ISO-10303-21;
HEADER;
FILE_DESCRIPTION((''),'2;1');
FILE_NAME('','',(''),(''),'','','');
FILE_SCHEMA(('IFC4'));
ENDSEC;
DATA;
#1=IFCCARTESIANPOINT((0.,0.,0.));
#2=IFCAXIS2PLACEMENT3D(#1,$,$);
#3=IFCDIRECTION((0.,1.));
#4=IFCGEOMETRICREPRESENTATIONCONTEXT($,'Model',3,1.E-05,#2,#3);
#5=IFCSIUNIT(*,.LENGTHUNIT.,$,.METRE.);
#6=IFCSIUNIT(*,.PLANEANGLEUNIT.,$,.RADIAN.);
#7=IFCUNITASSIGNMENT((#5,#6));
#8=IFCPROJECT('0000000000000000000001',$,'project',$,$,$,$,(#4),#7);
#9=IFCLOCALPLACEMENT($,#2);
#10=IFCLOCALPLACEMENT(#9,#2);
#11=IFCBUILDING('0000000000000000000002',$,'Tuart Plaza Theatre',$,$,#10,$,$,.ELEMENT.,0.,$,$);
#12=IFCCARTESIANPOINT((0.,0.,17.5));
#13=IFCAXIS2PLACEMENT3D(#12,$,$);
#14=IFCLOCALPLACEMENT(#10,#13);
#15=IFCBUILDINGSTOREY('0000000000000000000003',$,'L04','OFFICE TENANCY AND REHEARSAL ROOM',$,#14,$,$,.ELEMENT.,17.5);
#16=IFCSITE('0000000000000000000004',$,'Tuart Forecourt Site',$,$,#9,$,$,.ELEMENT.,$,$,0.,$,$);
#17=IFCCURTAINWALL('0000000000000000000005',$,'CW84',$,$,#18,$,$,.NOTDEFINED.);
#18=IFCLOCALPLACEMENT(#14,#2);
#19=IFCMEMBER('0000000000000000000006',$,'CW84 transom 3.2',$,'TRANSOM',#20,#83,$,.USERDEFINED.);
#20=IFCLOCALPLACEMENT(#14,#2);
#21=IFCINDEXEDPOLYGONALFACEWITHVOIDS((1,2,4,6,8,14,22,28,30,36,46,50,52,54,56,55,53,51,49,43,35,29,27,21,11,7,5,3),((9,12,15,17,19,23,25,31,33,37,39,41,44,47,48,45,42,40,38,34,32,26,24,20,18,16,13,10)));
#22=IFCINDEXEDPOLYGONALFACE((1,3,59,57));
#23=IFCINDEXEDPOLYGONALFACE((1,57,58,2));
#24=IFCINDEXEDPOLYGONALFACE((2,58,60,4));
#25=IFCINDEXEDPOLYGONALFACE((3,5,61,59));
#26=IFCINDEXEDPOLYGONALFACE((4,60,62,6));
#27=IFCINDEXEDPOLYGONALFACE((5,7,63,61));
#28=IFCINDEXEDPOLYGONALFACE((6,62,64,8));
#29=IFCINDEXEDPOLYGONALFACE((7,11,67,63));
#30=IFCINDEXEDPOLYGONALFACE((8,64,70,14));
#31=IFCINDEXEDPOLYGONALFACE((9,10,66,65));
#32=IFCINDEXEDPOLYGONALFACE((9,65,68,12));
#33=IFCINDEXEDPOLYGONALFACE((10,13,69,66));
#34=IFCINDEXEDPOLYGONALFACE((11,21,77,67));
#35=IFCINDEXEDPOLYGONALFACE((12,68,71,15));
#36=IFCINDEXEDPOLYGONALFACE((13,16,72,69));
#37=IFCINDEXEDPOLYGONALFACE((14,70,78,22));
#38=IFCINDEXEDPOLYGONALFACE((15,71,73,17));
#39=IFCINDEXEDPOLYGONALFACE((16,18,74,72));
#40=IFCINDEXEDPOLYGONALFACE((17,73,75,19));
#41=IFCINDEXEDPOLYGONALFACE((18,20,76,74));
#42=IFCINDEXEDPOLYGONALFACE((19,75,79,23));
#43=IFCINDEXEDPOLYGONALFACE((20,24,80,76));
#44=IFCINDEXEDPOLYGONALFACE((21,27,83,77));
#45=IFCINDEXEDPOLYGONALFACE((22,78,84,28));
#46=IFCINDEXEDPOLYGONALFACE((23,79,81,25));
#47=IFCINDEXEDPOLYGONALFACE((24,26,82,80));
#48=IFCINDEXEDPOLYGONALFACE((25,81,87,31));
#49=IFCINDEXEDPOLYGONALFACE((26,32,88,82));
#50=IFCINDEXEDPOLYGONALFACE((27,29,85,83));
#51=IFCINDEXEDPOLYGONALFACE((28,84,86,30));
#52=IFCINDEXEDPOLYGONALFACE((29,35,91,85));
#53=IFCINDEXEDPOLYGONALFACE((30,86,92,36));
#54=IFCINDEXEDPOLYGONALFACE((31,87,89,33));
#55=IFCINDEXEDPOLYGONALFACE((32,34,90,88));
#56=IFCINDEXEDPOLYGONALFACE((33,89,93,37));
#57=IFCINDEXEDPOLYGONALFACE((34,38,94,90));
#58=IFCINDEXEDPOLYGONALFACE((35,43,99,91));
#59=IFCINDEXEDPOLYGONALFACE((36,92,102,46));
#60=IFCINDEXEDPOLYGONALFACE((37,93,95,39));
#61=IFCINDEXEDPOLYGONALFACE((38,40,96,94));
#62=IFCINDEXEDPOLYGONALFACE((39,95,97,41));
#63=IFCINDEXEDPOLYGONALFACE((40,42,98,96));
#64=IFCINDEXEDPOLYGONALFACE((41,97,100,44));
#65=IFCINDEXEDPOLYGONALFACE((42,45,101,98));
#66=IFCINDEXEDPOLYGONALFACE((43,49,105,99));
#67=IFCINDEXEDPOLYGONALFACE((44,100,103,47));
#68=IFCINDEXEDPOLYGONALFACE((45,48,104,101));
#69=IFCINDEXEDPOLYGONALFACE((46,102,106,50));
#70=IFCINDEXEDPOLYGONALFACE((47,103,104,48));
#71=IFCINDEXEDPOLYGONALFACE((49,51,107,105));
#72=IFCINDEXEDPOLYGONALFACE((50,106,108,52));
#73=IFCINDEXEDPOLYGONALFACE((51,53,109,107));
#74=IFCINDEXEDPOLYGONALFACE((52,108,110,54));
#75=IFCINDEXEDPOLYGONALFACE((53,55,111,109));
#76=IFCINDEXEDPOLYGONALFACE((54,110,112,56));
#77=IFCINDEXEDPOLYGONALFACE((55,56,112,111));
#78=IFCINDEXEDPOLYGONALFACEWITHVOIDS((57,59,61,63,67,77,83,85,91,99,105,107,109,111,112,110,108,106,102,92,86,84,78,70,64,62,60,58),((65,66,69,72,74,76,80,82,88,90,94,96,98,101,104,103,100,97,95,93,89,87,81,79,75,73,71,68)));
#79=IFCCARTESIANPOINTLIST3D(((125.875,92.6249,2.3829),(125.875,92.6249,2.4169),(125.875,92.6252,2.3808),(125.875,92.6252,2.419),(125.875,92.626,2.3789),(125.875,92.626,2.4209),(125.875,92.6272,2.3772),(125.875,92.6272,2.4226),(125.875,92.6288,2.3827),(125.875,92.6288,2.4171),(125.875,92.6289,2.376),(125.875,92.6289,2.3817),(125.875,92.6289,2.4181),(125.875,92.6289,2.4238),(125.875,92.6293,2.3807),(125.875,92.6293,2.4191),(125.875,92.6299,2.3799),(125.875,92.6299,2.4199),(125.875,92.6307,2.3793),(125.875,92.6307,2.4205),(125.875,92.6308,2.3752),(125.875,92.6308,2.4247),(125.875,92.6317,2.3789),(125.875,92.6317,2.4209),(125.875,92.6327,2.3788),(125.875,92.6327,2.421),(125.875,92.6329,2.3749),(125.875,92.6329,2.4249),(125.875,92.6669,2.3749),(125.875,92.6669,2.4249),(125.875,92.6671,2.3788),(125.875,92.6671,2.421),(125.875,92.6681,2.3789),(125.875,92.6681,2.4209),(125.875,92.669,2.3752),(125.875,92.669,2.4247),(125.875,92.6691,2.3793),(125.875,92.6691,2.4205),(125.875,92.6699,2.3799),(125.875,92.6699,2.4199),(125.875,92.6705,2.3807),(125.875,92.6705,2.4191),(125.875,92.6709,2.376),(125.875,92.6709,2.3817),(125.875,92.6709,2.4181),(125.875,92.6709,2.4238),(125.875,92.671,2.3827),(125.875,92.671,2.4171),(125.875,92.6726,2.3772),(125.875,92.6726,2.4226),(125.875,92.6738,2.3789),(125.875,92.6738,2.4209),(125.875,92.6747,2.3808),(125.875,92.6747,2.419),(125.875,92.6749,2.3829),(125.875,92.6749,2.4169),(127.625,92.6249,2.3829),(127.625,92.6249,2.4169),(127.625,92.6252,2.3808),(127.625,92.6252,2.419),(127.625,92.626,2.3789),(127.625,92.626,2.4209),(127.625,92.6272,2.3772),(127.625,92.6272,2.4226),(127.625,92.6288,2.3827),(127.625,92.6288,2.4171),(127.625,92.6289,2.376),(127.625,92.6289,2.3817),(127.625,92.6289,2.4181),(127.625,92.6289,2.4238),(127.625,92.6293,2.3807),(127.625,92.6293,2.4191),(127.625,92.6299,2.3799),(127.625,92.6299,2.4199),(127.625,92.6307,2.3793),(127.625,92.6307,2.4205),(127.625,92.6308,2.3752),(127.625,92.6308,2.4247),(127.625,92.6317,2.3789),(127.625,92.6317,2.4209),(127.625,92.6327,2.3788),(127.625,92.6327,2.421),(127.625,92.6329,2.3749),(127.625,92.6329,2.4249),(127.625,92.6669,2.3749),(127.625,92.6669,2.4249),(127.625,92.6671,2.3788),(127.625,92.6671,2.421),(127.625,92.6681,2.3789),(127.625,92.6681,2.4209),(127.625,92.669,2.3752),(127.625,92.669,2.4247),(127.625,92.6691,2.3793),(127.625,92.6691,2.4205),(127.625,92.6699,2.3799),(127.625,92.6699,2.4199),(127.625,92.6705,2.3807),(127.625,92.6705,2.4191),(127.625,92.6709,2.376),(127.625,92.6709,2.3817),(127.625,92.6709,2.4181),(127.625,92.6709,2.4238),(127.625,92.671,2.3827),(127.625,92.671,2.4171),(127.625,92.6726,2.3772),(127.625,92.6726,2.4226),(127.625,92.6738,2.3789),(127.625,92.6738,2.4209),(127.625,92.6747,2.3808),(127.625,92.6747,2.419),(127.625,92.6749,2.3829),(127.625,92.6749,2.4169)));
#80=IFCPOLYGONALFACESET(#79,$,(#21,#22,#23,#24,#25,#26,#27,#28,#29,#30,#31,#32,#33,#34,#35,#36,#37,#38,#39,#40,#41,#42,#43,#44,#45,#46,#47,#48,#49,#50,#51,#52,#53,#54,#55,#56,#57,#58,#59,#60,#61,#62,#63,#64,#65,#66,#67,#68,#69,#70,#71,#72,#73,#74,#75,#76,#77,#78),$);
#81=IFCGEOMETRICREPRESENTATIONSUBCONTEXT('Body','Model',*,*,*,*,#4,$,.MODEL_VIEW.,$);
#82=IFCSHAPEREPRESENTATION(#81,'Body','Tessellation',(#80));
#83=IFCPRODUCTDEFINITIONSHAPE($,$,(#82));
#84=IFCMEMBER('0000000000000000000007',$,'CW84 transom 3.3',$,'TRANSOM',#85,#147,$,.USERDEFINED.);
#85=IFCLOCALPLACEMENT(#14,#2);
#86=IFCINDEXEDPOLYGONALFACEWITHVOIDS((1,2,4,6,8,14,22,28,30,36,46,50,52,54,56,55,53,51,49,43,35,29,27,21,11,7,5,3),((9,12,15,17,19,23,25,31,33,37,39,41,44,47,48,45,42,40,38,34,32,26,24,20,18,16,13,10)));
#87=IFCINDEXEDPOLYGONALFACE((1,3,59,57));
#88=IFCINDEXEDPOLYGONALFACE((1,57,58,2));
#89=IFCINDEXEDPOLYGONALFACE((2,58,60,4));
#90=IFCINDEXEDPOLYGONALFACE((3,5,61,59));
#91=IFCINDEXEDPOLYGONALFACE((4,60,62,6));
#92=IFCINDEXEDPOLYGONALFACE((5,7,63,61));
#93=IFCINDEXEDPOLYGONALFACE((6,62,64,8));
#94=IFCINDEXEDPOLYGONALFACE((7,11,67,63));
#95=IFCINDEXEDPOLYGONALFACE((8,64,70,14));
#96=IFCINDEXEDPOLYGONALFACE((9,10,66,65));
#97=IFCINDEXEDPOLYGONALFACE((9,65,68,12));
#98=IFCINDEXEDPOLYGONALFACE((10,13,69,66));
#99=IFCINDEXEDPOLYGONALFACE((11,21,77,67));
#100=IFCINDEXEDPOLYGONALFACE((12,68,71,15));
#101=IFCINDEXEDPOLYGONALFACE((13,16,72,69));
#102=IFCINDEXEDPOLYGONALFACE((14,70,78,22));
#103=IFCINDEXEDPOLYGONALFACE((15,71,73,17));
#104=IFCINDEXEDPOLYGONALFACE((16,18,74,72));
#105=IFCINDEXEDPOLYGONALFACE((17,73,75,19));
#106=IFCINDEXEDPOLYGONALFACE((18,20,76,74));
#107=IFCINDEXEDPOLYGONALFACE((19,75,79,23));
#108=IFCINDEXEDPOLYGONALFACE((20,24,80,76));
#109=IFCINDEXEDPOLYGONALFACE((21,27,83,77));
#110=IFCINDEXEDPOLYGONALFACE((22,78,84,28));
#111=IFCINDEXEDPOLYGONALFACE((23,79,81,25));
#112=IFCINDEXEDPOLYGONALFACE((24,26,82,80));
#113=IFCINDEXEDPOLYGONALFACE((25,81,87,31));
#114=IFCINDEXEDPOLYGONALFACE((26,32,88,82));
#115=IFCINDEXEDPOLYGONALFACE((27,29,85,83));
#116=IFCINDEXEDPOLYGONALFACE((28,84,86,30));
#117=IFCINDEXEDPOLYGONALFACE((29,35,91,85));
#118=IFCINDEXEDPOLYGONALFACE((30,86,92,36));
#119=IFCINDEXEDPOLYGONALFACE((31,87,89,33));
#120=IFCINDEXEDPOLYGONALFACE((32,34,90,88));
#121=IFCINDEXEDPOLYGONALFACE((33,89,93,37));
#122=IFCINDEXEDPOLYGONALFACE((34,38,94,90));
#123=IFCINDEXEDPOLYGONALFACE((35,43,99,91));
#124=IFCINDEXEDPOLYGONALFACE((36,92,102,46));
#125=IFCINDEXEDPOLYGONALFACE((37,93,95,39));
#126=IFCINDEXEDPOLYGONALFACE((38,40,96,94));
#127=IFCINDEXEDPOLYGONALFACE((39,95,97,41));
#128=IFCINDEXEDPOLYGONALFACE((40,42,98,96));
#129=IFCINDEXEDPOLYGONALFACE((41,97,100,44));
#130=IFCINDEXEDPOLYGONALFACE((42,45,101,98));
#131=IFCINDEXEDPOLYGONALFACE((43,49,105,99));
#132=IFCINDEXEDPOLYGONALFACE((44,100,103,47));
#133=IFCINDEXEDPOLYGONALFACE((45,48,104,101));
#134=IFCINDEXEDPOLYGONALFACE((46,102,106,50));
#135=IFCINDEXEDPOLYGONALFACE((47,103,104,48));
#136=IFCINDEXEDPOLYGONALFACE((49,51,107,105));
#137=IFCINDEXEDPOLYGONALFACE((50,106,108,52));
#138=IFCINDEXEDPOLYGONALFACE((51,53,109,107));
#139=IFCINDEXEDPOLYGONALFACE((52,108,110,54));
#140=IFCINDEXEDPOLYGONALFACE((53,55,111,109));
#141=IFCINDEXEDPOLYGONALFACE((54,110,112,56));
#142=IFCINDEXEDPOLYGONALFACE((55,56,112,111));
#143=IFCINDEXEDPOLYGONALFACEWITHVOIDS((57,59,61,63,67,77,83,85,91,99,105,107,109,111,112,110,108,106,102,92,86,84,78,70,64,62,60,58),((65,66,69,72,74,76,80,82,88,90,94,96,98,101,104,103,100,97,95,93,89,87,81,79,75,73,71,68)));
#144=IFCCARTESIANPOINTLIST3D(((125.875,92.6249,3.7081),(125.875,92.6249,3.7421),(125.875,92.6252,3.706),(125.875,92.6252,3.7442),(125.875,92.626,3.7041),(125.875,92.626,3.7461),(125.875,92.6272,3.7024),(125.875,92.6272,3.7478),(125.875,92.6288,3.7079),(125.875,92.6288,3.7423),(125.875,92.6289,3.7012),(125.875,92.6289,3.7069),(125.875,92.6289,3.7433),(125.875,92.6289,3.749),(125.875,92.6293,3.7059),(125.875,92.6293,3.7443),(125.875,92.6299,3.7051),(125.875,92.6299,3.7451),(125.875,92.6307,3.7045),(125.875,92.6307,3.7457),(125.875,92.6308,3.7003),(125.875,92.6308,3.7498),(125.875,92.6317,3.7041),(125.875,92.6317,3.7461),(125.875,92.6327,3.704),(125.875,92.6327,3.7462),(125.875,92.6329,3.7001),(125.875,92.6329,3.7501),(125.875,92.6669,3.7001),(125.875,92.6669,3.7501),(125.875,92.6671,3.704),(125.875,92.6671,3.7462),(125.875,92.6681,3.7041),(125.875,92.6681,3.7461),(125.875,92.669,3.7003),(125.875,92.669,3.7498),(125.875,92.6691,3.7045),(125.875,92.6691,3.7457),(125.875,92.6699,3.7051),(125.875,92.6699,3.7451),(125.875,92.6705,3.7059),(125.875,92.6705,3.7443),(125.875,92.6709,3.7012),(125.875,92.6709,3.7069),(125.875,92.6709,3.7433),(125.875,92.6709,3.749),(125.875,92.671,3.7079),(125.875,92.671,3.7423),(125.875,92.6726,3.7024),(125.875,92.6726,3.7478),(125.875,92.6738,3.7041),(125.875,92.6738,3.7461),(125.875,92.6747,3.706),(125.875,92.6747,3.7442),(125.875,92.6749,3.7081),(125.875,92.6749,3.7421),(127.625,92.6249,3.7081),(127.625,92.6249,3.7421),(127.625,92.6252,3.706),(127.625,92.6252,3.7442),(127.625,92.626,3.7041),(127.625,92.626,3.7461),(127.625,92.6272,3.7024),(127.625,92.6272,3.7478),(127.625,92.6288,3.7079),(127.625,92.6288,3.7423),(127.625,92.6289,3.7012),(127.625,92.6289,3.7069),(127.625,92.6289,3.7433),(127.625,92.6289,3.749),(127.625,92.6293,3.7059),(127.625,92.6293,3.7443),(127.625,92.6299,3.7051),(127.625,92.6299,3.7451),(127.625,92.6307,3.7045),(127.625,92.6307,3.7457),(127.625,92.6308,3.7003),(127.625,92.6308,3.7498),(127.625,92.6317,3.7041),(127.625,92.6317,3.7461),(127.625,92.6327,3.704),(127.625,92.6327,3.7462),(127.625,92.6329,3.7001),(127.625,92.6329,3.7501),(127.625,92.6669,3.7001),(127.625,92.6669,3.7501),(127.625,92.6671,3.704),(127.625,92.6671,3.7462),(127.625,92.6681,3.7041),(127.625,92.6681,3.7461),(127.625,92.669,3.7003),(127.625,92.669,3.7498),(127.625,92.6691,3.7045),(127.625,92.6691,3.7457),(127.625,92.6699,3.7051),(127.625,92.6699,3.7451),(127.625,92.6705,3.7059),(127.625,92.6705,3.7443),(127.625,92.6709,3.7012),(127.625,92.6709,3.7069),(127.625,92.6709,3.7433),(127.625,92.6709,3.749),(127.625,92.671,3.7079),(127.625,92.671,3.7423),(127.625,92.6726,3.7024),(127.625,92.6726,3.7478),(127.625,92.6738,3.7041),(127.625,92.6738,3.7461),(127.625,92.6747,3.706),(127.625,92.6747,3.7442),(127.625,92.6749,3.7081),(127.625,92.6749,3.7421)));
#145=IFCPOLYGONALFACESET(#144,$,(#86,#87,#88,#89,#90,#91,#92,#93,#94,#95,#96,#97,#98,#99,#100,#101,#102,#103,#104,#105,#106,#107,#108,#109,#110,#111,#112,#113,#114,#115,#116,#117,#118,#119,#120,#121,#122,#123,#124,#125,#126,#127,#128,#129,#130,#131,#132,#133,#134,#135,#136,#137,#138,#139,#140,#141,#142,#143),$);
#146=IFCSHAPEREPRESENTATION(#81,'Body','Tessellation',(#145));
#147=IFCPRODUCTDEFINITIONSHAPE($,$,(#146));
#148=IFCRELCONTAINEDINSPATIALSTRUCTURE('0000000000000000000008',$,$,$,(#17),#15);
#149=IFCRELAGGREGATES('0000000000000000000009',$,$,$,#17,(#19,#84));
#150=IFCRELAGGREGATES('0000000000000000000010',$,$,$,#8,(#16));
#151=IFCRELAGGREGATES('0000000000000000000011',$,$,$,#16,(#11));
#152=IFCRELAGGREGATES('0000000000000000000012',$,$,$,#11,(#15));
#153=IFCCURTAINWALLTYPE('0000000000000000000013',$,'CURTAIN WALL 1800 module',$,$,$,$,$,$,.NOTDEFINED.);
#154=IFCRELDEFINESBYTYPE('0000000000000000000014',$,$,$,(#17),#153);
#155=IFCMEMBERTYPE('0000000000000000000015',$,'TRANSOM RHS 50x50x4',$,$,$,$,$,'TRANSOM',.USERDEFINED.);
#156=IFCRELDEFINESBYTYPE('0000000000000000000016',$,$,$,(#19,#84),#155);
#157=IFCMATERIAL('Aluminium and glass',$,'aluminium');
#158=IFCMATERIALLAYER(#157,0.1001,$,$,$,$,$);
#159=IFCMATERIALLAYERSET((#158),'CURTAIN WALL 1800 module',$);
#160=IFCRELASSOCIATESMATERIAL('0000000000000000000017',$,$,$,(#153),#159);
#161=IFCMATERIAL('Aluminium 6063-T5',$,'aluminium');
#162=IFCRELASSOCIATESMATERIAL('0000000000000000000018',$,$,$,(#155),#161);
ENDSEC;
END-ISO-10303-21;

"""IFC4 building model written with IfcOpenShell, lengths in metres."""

from ifc_helpers import new_model, si_unit, direction, frame, origin, origin_2d, place, context, subcontext, project, spatial, hollow_rectangle, extrude, material, layer, layer_set, material_profile, profile_set, type_object, element, aggregate, save


model = new_model("IFC4")

# Units and contexts
model_context = context("Model", 3, precision=1e-05, world=origin(), true_north=direction((0.0, 1.0)))
body_context = subcontext(model_context, "Body", "Model", "MODEL_VIEW")
ifc_project = project(units=[si_unit("LENGTHUNIT", "METRE"), si_unit("PLANEANGLEUNIT", "RADIAN")], contexts=[model_context])

# Site, building, storey
site_placement = place(None, origin())
site = spatial("IfcSite", under=ifc_project, at=site_placement, Name="Tuart Forecourt Site", CompositionType="ELEMENT", RefElevation=0.0)
building_placement = place(site_placement, origin())
building = spatial("IfcBuilding", under=site, at=building_placement, Name="Tuart Plaza Theatre", CompositionType="ELEMENT", ElevationOfRefHeight=0.0)
storey_placement = place(building_placement, frame((0.0, 0.0, 17.5)))
storey = spatial("IfcBuildingStorey", under=building, at=storey_placement, Name="L04", Description="OFFICE TENANCY AND REHEARSAL ROOM", CompositionType="ELEMENT", Elevation=17.5)

# Curtain wall
ifc_material_1 = material(Name="Aluminium and glass", Category="aluminium")
ifc_layer_1 = layer(ifc_material_1, 0.1001)
ifc_layer_set_1 = layer_set([ifc_layer_1], Name="CURTAIN WALL 1800 module")
curtain_wall_type_1 = type_object("IfcCurtainWallType", Name="CURTAIN WALL 1800 module", PredefinedType="NOTDEFINED", material=ifc_layer_set_1)
curtain_wall_1_placement = place(storey_placement, origin())
curtain_wall_1 = element("IfcCurtainWall", 1, at=curtain_wall_1_placement, inside=storey, type_object=curtain_wall_type_1, Name="CW84", PredefinedType="NOTDEFINED")

# Members
ifc_material_2 = material(Name="Aluminium 6063-T5", Category="aluminium")
ifc_material_profile_1 = material_profile(ifc_material_2, hollow_rectangle(XDim=0.05, YDim=0.05, WallThickness=0.0039, InnerFilletRadius=0.0039, OuterFilletRadius=0.0081, at=origin_2d()), Name="RHS 50x50x4")
ifc_profile_set_1 = profile_set([ifc_material_profile_1], Name="Aluminium 6063-T5")
member_type_1 = type_object("IfcMemberType", Name="TRANSOM RHS 50x50x4", ElementType="TRANSOM", PredefinedType="USERDEFINED", material=ifc_profile_set_1)
member_1_placement = place(storey_placement, frame((127.625, 92.6499, 2.3999), z_axis=(-1.0, 0.0, 0.0), x_axis=(0.0, -1.0, 0.0)))
member_1 = element("IfcMember", 2, at=member_1_placement, type_object=member_type_1, Name="CW84 transom 3.2", ObjectType="TRANSOM", PredefinedType="USERDEFINED", context=body_context, shape_type="SweptSolid", body=[
    extrude(hollow_rectangle(XDim=0.05, YDim=0.05, WallThickness=0.0039, InnerFilletRadius=0.0039, OuterFilletRadius=0.0081, at=origin_2d()), origin(), (0.0, 0.0, 1.0), 1.75),
])
member_2_placement = place(storey_placement, frame((127.625, 92.6499, 3.7251), z_axis=(-1.0, 0.0, 0.0), x_axis=(0.0, -1.0, 0.0)))
member_2 = element("IfcMember", 3, at=member_2_placement, type_object=member_type_1, Name="CW84 transom 3.3", ObjectType="TRANSOM", PredefinedType="USERDEFINED", context=body_context, shape_type="SweptSolid", body=[
    extrude(hollow_rectangle(XDim=0.05, YDim=0.05, WallThickness=0.0039, InnerFilletRadius=0.0039, OuterFilletRadius=0.0081, at=origin_2d()), origin(), (0.0, 0.0, 1.0), 1.75),
])

aggregate(curtain_wall_1, [member_1, member_2])

save(model, "model.ifc")
